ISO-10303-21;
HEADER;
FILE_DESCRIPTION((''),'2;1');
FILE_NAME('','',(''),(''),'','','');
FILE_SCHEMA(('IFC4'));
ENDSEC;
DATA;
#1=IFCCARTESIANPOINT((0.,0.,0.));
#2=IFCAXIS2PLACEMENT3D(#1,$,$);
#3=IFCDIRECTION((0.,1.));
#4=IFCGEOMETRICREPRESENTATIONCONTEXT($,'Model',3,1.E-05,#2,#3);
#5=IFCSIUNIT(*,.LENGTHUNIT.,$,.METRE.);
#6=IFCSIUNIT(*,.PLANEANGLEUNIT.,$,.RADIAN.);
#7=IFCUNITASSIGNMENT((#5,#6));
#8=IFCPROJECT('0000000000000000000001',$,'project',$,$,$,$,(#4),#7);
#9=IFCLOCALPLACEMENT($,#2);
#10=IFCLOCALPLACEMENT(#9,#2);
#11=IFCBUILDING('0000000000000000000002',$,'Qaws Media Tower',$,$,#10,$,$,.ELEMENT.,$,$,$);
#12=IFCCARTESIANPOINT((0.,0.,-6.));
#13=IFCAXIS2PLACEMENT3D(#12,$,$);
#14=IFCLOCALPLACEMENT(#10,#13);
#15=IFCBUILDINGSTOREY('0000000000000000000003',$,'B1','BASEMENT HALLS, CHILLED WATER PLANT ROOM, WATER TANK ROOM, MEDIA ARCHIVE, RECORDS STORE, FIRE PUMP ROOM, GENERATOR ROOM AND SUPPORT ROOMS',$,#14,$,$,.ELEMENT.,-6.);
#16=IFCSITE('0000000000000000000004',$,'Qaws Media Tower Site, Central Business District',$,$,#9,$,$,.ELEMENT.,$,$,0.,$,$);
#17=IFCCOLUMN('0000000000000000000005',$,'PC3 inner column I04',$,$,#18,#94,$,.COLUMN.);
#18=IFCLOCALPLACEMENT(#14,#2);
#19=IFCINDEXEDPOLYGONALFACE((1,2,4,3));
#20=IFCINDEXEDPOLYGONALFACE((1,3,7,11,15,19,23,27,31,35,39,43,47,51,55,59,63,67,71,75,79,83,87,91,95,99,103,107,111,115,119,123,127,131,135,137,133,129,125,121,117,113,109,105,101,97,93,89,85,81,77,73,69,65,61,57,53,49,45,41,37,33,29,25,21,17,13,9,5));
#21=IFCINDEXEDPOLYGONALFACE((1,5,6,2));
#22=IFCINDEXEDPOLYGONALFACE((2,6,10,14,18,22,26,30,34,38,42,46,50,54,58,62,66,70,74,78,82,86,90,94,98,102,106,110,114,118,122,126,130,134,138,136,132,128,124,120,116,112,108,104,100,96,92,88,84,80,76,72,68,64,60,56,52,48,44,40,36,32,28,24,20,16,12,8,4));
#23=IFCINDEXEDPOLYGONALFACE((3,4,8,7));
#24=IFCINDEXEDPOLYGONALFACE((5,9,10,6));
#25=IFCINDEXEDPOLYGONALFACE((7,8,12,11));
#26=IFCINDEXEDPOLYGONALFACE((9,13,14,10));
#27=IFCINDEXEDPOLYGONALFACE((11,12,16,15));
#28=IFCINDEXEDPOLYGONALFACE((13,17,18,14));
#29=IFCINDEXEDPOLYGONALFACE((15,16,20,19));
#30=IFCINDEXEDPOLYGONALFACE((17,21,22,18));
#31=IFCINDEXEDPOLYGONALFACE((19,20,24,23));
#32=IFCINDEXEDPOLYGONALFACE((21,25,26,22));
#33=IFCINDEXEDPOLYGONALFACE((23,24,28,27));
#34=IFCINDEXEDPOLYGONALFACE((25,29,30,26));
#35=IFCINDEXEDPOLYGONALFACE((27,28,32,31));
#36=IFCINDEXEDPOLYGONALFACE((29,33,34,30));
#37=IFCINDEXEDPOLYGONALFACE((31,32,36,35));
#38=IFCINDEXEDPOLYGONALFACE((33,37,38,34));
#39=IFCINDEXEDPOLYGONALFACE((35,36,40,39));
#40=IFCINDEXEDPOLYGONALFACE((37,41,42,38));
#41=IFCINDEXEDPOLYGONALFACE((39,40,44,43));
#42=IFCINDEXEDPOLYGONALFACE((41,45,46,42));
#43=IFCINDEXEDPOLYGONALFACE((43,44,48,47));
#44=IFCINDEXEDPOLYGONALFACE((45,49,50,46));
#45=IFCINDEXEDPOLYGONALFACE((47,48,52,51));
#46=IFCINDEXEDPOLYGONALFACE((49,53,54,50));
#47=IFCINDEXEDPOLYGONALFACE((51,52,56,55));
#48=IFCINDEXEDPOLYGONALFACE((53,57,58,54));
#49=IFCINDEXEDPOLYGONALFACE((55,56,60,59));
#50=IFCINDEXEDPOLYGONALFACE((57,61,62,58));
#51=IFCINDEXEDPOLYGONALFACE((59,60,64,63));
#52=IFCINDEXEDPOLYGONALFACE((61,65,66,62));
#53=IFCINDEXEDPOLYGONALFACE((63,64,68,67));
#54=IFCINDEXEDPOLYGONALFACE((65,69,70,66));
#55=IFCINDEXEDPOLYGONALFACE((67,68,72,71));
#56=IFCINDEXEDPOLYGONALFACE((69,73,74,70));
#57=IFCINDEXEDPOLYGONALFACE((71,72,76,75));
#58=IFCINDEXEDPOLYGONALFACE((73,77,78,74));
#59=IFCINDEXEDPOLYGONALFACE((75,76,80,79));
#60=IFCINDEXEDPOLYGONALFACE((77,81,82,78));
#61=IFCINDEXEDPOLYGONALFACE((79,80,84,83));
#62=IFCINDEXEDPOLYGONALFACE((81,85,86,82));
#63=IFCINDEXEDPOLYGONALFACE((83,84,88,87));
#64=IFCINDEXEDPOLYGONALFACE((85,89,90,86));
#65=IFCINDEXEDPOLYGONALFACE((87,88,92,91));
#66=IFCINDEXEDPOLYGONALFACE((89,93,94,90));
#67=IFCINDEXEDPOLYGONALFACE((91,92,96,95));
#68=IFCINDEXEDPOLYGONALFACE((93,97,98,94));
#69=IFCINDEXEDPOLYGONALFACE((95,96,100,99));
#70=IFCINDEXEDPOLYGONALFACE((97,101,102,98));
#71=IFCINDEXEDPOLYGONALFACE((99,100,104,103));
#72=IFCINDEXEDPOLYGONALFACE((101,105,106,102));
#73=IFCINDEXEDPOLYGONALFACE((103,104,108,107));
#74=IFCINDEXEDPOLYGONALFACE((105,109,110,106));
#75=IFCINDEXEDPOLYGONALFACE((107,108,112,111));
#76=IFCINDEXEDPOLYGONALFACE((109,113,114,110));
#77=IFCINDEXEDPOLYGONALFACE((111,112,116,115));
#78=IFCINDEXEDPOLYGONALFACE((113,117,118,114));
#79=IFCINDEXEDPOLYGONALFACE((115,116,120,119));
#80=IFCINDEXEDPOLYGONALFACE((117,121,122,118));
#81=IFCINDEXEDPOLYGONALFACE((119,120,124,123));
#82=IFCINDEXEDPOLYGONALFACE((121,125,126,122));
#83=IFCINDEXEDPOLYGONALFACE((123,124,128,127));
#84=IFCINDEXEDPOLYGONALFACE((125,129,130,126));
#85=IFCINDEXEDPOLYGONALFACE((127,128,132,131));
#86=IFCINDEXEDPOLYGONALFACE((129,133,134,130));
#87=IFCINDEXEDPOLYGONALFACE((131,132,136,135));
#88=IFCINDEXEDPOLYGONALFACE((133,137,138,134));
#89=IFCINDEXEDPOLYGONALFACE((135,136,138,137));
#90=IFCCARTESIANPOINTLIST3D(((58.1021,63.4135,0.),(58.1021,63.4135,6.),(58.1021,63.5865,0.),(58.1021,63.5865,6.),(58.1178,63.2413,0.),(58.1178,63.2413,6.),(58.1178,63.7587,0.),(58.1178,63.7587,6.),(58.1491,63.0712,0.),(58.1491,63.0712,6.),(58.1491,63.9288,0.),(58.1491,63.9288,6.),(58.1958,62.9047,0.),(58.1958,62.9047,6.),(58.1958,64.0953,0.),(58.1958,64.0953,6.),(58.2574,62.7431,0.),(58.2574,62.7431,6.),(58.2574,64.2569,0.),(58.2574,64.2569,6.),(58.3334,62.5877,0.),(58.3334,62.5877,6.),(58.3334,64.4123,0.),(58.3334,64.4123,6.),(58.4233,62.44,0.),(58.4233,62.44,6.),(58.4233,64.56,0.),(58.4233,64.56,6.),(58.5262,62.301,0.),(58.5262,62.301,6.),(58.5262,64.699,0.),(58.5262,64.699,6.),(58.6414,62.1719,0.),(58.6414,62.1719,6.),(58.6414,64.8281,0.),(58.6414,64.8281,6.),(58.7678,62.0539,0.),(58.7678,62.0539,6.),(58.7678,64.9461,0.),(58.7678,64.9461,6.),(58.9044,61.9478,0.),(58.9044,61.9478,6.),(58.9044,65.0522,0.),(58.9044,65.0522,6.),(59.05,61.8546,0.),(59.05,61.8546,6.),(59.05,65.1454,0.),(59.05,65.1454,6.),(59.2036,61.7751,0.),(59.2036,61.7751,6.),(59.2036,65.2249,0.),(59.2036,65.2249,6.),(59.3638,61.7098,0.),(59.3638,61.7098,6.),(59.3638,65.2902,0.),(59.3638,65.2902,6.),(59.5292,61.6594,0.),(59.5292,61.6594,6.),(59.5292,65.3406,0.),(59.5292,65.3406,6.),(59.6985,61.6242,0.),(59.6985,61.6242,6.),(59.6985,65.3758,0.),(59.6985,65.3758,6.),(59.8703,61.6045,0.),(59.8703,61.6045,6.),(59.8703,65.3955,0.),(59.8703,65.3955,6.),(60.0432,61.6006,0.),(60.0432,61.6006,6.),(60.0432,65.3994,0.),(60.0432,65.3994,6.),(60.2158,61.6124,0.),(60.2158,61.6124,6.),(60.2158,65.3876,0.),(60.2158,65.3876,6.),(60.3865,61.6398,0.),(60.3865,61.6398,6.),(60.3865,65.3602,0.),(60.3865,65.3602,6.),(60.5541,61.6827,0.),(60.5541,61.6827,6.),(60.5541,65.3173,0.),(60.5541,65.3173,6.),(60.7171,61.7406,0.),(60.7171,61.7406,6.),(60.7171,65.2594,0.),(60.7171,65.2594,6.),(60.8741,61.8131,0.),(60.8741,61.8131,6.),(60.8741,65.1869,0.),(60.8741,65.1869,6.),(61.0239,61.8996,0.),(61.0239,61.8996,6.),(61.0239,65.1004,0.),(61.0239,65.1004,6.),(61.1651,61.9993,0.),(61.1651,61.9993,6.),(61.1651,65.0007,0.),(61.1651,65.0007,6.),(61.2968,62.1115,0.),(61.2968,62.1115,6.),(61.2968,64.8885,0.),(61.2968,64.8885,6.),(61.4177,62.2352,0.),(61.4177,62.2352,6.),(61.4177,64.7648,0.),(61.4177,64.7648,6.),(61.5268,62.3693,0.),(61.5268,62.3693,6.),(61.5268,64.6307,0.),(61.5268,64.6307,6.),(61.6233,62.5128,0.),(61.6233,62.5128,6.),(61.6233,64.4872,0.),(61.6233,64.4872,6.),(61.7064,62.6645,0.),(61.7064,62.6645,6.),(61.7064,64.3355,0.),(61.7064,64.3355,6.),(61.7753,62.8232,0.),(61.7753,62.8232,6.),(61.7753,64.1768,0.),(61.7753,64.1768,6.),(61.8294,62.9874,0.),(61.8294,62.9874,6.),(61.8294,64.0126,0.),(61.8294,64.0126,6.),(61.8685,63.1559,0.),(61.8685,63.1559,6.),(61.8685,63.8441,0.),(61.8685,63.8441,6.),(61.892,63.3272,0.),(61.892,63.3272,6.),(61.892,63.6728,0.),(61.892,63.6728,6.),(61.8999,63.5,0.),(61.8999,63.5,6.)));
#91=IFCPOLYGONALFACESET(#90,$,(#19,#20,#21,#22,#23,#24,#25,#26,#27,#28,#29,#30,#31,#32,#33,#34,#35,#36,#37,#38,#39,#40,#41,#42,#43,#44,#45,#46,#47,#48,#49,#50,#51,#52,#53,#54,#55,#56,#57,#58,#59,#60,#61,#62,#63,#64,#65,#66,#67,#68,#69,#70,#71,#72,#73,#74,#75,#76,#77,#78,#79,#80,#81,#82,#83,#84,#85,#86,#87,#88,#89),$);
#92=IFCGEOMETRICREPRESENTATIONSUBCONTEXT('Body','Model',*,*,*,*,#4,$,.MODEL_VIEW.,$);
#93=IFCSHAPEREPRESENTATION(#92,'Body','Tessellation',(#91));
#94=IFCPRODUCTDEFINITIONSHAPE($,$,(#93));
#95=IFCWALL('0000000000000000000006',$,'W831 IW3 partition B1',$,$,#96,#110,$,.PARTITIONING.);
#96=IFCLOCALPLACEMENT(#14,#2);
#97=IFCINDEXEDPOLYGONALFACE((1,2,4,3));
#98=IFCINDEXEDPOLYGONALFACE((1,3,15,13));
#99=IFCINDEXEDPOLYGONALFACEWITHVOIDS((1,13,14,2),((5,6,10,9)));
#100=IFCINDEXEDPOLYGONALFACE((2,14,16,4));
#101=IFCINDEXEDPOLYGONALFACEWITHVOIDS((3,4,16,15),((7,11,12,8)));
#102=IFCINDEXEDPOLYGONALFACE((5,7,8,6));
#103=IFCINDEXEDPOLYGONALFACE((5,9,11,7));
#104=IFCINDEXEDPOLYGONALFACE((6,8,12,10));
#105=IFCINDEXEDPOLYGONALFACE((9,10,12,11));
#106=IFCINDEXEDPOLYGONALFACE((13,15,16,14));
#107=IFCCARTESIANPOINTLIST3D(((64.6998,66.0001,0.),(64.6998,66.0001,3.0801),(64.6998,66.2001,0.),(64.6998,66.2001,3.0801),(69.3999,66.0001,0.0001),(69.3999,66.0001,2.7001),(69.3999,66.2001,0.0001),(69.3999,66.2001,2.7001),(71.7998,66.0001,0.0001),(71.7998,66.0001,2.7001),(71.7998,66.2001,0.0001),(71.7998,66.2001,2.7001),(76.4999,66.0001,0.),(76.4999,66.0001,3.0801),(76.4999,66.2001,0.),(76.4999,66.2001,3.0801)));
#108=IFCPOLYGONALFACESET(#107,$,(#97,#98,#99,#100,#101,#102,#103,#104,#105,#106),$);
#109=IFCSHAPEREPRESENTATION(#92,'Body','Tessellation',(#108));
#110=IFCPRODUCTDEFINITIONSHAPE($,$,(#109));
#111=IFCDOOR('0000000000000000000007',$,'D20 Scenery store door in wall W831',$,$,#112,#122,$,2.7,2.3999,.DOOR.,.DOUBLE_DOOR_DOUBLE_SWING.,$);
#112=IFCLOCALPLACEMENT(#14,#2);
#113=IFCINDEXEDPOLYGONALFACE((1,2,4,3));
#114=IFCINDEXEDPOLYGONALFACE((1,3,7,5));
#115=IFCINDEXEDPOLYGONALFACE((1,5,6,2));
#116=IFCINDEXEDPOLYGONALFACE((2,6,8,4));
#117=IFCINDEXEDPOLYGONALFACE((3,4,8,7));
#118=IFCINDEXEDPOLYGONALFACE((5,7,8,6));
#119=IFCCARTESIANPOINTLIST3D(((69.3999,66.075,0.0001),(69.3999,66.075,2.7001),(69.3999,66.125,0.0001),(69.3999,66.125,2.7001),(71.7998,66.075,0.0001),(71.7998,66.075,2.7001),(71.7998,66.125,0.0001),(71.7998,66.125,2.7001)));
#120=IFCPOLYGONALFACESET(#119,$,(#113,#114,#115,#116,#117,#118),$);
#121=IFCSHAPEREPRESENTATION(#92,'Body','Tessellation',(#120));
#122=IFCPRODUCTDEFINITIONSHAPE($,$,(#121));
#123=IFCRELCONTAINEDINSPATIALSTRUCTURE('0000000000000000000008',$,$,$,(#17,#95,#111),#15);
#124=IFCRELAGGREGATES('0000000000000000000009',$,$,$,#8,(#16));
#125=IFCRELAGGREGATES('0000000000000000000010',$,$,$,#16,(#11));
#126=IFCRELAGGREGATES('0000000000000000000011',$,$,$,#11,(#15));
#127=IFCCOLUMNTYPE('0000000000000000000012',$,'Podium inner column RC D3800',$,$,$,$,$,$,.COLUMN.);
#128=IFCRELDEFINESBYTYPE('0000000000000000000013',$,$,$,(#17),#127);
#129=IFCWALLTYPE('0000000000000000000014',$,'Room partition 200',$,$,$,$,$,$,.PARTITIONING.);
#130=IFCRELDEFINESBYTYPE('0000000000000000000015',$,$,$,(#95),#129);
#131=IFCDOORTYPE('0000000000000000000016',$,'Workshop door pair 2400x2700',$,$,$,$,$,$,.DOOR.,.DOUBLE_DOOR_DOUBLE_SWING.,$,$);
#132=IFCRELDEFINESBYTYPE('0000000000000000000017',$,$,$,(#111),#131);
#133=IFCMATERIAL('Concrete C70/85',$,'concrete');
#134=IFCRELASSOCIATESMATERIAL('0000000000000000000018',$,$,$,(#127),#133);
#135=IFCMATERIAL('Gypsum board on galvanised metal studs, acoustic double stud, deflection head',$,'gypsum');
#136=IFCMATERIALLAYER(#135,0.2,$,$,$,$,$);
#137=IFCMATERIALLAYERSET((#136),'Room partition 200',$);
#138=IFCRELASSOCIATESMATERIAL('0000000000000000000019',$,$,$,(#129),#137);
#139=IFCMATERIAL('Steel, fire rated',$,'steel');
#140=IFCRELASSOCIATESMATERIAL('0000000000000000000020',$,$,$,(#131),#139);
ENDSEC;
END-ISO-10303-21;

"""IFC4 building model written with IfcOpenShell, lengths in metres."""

from ifc_helpers import new_model, si_unit, direction, frame, frame_2d, origin, origin_2d, place, context, subcontext, project, spatial, rectangle, circle, extrude, material, layer, layer_set, material_profile, profile_set, type_object, element, fill, save


model = new_model("IFC4")

# Units and contexts
model_context = context("Model", 3, precision=1e-05, world=origin(), true_north=direction((0.0, 1.0)))
body_context = subcontext(model_context, "Body", "Model", "MODEL_VIEW")
ifc_project = project(units=[si_unit("LENGTHUNIT", "METRE"), si_unit("PLANEANGLEUNIT", "RADIAN")], contexts=[model_context])

# Site, building, storey
site_placement = place(None, origin())
site = spatial("IfcSite", under=ifc_project, at=site_placement, Name="Qaws Media Tower Site, Central Business District", CompositionType="ELEMENT", RefElevation=0.0)
building_placement = place(site_placement, origin())
building = spatial("IfcBuilding", under=site, at=building_placement, Name="Qaws Media Tower", CompositionType="ELEMENT")
storey_placement = place(building_placement, frame((0.0, 0.0, -6.0)))
storey = spatial("IfcBuildingStorey", under=building, at=storey_placement, Name="B1", Description="BASEMENT HALLS, CHILLED WATER PLANT ROOM, WATER TANK ROOM, MEDIA ARCHIVE, RECORDS STORE, FIRE PUMP ROOM, GENERATOR ROOM AND SUPPORT ROOMS", CompositionType="ELEMENT", Elevation=-6.0)

# Column
ifc_material_1 = material(Name="Concrete C70/85", Category="concrete")
ifc_material_profile_1 = material_profile(ifc_material_1, circle(Radius=1.8999, at=origin_2d()), Name="RC D3800")
ifc_profile_set_1 = profile_set([ifc_material_profile_1], Name="Concrete C70/85")
column_type_1 = type_object("IfcColumnType", Name="Podium inner column RC D3800", PredefinedType="COLUMN", material=ifc_profile_set_1)
for number, where, z_axis, x_axis, name in (
    (1, (60.0, 63.5, 0.0), (0.0, 0.0, 1.0), (1.0, 0.0, 0.0), "PC3 inner column I04"),
):
    element("IfcColumn", number, at=place(storey_placement, frame(where, z_axis=z_axis, x_axis=x_axis)), inside=storey, type_object=column_type_1, Name=name, PredefinedType="COLUMN", context=body_context, shape_type="SweptSolid", body=[
        extrude(circle(Radius=1.8999, at=origin_2d()), origin(), (0.0, 0.0, 1.0), 6.0),
    ])

# Wall, opening, door
ifc_material_2 = material(Name="Gypsum board on galvanised metal studs, acoustic double stud, deflection head", Category="gypsum")
ifc_layer_1 = layer(ifc_material_2, 0.2)
ifc_layer_set_1 = layer_set([ifc_layer_1], Name="Room partition 200")
wall_type = type_object("IfcWallType", Name="Room partition 200", PredefinedType="PARTITIONING", material=ifc_layer_set_1)
wall_placement = place(storey_placement, frame((64.7, 66.1001, 0.0), z_axis=(0.0, 0.0, 1.0), x_axis=(1.0, 0.0, 0.0)))
wall = element("IfcWall", 2, at=wall_placement, inside=storey, type_object=wall_type, Name="W831 IW3 partition B1", PredefinedType="PARTITIONING", context=body_context, shape_type="SweptSolid", body=[
    extrude(rectangle(XDim=11.8, YDim=0.2, at=frame_2d((5.8999, 0.0))), origin(), (0.0, 0.0, 1.0), 3.0801),
])
opening_placement = place(wall_placement, frame((4.7, 0.0, 0.0)))
opening = element("IfcOpeningElement", 3, at=opening_placement, cuts=wall, PredefinedType="OPENING", context=body_context, shape_type="SweptSolid", body=[
    extrude(rectangle(XDim=2.3999, YDim=2.7, at=frame_2d((1.2, 1.3501))), frame((0.0, 0.1099, 0.0), z_axis=(0.0, -1.0, 0.0), x_axis=(1.0, 0.0, 0.0)), (0.0, 0.0, 1.0), 0.22),
])
ifc_material_3 = material(Name="Steel, fire rated", Category="steel")
door_type = type_object("IfcDoorType", Name="Workshop door pair 2400x2700", OperationType="DOUBLE_DOOR_DOUBLE_SWING", PredefinedType="DOOR", material=ifc_material_3)
door_placement = place(opening_placement, origin())
door = element("IfcDoor", 4, at=door_placement, inside=storey, type_object=door_type, Name="D20 Scenery store door in wall W831", OperationType="DOUBLE_DOOR_DOUBLE_SWING", OverallHeight=2.7, OverallWidth=2.3999, PredefinedType="DOOR", context=body_context, shape_type="SweptSolid", body=[
    extrude(rectangle(XDim=2.3999, YDim=2.7, at=frame_2d((1.2, 1.3501))), frame((0.0, 0.0249, 0.0), z_axis=(0.0, -1.0, 0.0), x_axis=(1.0, 0.0, 0.0)), (0.0, 0.0, 1.0), 0.05),
])
fill(opening, door)

save(model, "model.ifc")
